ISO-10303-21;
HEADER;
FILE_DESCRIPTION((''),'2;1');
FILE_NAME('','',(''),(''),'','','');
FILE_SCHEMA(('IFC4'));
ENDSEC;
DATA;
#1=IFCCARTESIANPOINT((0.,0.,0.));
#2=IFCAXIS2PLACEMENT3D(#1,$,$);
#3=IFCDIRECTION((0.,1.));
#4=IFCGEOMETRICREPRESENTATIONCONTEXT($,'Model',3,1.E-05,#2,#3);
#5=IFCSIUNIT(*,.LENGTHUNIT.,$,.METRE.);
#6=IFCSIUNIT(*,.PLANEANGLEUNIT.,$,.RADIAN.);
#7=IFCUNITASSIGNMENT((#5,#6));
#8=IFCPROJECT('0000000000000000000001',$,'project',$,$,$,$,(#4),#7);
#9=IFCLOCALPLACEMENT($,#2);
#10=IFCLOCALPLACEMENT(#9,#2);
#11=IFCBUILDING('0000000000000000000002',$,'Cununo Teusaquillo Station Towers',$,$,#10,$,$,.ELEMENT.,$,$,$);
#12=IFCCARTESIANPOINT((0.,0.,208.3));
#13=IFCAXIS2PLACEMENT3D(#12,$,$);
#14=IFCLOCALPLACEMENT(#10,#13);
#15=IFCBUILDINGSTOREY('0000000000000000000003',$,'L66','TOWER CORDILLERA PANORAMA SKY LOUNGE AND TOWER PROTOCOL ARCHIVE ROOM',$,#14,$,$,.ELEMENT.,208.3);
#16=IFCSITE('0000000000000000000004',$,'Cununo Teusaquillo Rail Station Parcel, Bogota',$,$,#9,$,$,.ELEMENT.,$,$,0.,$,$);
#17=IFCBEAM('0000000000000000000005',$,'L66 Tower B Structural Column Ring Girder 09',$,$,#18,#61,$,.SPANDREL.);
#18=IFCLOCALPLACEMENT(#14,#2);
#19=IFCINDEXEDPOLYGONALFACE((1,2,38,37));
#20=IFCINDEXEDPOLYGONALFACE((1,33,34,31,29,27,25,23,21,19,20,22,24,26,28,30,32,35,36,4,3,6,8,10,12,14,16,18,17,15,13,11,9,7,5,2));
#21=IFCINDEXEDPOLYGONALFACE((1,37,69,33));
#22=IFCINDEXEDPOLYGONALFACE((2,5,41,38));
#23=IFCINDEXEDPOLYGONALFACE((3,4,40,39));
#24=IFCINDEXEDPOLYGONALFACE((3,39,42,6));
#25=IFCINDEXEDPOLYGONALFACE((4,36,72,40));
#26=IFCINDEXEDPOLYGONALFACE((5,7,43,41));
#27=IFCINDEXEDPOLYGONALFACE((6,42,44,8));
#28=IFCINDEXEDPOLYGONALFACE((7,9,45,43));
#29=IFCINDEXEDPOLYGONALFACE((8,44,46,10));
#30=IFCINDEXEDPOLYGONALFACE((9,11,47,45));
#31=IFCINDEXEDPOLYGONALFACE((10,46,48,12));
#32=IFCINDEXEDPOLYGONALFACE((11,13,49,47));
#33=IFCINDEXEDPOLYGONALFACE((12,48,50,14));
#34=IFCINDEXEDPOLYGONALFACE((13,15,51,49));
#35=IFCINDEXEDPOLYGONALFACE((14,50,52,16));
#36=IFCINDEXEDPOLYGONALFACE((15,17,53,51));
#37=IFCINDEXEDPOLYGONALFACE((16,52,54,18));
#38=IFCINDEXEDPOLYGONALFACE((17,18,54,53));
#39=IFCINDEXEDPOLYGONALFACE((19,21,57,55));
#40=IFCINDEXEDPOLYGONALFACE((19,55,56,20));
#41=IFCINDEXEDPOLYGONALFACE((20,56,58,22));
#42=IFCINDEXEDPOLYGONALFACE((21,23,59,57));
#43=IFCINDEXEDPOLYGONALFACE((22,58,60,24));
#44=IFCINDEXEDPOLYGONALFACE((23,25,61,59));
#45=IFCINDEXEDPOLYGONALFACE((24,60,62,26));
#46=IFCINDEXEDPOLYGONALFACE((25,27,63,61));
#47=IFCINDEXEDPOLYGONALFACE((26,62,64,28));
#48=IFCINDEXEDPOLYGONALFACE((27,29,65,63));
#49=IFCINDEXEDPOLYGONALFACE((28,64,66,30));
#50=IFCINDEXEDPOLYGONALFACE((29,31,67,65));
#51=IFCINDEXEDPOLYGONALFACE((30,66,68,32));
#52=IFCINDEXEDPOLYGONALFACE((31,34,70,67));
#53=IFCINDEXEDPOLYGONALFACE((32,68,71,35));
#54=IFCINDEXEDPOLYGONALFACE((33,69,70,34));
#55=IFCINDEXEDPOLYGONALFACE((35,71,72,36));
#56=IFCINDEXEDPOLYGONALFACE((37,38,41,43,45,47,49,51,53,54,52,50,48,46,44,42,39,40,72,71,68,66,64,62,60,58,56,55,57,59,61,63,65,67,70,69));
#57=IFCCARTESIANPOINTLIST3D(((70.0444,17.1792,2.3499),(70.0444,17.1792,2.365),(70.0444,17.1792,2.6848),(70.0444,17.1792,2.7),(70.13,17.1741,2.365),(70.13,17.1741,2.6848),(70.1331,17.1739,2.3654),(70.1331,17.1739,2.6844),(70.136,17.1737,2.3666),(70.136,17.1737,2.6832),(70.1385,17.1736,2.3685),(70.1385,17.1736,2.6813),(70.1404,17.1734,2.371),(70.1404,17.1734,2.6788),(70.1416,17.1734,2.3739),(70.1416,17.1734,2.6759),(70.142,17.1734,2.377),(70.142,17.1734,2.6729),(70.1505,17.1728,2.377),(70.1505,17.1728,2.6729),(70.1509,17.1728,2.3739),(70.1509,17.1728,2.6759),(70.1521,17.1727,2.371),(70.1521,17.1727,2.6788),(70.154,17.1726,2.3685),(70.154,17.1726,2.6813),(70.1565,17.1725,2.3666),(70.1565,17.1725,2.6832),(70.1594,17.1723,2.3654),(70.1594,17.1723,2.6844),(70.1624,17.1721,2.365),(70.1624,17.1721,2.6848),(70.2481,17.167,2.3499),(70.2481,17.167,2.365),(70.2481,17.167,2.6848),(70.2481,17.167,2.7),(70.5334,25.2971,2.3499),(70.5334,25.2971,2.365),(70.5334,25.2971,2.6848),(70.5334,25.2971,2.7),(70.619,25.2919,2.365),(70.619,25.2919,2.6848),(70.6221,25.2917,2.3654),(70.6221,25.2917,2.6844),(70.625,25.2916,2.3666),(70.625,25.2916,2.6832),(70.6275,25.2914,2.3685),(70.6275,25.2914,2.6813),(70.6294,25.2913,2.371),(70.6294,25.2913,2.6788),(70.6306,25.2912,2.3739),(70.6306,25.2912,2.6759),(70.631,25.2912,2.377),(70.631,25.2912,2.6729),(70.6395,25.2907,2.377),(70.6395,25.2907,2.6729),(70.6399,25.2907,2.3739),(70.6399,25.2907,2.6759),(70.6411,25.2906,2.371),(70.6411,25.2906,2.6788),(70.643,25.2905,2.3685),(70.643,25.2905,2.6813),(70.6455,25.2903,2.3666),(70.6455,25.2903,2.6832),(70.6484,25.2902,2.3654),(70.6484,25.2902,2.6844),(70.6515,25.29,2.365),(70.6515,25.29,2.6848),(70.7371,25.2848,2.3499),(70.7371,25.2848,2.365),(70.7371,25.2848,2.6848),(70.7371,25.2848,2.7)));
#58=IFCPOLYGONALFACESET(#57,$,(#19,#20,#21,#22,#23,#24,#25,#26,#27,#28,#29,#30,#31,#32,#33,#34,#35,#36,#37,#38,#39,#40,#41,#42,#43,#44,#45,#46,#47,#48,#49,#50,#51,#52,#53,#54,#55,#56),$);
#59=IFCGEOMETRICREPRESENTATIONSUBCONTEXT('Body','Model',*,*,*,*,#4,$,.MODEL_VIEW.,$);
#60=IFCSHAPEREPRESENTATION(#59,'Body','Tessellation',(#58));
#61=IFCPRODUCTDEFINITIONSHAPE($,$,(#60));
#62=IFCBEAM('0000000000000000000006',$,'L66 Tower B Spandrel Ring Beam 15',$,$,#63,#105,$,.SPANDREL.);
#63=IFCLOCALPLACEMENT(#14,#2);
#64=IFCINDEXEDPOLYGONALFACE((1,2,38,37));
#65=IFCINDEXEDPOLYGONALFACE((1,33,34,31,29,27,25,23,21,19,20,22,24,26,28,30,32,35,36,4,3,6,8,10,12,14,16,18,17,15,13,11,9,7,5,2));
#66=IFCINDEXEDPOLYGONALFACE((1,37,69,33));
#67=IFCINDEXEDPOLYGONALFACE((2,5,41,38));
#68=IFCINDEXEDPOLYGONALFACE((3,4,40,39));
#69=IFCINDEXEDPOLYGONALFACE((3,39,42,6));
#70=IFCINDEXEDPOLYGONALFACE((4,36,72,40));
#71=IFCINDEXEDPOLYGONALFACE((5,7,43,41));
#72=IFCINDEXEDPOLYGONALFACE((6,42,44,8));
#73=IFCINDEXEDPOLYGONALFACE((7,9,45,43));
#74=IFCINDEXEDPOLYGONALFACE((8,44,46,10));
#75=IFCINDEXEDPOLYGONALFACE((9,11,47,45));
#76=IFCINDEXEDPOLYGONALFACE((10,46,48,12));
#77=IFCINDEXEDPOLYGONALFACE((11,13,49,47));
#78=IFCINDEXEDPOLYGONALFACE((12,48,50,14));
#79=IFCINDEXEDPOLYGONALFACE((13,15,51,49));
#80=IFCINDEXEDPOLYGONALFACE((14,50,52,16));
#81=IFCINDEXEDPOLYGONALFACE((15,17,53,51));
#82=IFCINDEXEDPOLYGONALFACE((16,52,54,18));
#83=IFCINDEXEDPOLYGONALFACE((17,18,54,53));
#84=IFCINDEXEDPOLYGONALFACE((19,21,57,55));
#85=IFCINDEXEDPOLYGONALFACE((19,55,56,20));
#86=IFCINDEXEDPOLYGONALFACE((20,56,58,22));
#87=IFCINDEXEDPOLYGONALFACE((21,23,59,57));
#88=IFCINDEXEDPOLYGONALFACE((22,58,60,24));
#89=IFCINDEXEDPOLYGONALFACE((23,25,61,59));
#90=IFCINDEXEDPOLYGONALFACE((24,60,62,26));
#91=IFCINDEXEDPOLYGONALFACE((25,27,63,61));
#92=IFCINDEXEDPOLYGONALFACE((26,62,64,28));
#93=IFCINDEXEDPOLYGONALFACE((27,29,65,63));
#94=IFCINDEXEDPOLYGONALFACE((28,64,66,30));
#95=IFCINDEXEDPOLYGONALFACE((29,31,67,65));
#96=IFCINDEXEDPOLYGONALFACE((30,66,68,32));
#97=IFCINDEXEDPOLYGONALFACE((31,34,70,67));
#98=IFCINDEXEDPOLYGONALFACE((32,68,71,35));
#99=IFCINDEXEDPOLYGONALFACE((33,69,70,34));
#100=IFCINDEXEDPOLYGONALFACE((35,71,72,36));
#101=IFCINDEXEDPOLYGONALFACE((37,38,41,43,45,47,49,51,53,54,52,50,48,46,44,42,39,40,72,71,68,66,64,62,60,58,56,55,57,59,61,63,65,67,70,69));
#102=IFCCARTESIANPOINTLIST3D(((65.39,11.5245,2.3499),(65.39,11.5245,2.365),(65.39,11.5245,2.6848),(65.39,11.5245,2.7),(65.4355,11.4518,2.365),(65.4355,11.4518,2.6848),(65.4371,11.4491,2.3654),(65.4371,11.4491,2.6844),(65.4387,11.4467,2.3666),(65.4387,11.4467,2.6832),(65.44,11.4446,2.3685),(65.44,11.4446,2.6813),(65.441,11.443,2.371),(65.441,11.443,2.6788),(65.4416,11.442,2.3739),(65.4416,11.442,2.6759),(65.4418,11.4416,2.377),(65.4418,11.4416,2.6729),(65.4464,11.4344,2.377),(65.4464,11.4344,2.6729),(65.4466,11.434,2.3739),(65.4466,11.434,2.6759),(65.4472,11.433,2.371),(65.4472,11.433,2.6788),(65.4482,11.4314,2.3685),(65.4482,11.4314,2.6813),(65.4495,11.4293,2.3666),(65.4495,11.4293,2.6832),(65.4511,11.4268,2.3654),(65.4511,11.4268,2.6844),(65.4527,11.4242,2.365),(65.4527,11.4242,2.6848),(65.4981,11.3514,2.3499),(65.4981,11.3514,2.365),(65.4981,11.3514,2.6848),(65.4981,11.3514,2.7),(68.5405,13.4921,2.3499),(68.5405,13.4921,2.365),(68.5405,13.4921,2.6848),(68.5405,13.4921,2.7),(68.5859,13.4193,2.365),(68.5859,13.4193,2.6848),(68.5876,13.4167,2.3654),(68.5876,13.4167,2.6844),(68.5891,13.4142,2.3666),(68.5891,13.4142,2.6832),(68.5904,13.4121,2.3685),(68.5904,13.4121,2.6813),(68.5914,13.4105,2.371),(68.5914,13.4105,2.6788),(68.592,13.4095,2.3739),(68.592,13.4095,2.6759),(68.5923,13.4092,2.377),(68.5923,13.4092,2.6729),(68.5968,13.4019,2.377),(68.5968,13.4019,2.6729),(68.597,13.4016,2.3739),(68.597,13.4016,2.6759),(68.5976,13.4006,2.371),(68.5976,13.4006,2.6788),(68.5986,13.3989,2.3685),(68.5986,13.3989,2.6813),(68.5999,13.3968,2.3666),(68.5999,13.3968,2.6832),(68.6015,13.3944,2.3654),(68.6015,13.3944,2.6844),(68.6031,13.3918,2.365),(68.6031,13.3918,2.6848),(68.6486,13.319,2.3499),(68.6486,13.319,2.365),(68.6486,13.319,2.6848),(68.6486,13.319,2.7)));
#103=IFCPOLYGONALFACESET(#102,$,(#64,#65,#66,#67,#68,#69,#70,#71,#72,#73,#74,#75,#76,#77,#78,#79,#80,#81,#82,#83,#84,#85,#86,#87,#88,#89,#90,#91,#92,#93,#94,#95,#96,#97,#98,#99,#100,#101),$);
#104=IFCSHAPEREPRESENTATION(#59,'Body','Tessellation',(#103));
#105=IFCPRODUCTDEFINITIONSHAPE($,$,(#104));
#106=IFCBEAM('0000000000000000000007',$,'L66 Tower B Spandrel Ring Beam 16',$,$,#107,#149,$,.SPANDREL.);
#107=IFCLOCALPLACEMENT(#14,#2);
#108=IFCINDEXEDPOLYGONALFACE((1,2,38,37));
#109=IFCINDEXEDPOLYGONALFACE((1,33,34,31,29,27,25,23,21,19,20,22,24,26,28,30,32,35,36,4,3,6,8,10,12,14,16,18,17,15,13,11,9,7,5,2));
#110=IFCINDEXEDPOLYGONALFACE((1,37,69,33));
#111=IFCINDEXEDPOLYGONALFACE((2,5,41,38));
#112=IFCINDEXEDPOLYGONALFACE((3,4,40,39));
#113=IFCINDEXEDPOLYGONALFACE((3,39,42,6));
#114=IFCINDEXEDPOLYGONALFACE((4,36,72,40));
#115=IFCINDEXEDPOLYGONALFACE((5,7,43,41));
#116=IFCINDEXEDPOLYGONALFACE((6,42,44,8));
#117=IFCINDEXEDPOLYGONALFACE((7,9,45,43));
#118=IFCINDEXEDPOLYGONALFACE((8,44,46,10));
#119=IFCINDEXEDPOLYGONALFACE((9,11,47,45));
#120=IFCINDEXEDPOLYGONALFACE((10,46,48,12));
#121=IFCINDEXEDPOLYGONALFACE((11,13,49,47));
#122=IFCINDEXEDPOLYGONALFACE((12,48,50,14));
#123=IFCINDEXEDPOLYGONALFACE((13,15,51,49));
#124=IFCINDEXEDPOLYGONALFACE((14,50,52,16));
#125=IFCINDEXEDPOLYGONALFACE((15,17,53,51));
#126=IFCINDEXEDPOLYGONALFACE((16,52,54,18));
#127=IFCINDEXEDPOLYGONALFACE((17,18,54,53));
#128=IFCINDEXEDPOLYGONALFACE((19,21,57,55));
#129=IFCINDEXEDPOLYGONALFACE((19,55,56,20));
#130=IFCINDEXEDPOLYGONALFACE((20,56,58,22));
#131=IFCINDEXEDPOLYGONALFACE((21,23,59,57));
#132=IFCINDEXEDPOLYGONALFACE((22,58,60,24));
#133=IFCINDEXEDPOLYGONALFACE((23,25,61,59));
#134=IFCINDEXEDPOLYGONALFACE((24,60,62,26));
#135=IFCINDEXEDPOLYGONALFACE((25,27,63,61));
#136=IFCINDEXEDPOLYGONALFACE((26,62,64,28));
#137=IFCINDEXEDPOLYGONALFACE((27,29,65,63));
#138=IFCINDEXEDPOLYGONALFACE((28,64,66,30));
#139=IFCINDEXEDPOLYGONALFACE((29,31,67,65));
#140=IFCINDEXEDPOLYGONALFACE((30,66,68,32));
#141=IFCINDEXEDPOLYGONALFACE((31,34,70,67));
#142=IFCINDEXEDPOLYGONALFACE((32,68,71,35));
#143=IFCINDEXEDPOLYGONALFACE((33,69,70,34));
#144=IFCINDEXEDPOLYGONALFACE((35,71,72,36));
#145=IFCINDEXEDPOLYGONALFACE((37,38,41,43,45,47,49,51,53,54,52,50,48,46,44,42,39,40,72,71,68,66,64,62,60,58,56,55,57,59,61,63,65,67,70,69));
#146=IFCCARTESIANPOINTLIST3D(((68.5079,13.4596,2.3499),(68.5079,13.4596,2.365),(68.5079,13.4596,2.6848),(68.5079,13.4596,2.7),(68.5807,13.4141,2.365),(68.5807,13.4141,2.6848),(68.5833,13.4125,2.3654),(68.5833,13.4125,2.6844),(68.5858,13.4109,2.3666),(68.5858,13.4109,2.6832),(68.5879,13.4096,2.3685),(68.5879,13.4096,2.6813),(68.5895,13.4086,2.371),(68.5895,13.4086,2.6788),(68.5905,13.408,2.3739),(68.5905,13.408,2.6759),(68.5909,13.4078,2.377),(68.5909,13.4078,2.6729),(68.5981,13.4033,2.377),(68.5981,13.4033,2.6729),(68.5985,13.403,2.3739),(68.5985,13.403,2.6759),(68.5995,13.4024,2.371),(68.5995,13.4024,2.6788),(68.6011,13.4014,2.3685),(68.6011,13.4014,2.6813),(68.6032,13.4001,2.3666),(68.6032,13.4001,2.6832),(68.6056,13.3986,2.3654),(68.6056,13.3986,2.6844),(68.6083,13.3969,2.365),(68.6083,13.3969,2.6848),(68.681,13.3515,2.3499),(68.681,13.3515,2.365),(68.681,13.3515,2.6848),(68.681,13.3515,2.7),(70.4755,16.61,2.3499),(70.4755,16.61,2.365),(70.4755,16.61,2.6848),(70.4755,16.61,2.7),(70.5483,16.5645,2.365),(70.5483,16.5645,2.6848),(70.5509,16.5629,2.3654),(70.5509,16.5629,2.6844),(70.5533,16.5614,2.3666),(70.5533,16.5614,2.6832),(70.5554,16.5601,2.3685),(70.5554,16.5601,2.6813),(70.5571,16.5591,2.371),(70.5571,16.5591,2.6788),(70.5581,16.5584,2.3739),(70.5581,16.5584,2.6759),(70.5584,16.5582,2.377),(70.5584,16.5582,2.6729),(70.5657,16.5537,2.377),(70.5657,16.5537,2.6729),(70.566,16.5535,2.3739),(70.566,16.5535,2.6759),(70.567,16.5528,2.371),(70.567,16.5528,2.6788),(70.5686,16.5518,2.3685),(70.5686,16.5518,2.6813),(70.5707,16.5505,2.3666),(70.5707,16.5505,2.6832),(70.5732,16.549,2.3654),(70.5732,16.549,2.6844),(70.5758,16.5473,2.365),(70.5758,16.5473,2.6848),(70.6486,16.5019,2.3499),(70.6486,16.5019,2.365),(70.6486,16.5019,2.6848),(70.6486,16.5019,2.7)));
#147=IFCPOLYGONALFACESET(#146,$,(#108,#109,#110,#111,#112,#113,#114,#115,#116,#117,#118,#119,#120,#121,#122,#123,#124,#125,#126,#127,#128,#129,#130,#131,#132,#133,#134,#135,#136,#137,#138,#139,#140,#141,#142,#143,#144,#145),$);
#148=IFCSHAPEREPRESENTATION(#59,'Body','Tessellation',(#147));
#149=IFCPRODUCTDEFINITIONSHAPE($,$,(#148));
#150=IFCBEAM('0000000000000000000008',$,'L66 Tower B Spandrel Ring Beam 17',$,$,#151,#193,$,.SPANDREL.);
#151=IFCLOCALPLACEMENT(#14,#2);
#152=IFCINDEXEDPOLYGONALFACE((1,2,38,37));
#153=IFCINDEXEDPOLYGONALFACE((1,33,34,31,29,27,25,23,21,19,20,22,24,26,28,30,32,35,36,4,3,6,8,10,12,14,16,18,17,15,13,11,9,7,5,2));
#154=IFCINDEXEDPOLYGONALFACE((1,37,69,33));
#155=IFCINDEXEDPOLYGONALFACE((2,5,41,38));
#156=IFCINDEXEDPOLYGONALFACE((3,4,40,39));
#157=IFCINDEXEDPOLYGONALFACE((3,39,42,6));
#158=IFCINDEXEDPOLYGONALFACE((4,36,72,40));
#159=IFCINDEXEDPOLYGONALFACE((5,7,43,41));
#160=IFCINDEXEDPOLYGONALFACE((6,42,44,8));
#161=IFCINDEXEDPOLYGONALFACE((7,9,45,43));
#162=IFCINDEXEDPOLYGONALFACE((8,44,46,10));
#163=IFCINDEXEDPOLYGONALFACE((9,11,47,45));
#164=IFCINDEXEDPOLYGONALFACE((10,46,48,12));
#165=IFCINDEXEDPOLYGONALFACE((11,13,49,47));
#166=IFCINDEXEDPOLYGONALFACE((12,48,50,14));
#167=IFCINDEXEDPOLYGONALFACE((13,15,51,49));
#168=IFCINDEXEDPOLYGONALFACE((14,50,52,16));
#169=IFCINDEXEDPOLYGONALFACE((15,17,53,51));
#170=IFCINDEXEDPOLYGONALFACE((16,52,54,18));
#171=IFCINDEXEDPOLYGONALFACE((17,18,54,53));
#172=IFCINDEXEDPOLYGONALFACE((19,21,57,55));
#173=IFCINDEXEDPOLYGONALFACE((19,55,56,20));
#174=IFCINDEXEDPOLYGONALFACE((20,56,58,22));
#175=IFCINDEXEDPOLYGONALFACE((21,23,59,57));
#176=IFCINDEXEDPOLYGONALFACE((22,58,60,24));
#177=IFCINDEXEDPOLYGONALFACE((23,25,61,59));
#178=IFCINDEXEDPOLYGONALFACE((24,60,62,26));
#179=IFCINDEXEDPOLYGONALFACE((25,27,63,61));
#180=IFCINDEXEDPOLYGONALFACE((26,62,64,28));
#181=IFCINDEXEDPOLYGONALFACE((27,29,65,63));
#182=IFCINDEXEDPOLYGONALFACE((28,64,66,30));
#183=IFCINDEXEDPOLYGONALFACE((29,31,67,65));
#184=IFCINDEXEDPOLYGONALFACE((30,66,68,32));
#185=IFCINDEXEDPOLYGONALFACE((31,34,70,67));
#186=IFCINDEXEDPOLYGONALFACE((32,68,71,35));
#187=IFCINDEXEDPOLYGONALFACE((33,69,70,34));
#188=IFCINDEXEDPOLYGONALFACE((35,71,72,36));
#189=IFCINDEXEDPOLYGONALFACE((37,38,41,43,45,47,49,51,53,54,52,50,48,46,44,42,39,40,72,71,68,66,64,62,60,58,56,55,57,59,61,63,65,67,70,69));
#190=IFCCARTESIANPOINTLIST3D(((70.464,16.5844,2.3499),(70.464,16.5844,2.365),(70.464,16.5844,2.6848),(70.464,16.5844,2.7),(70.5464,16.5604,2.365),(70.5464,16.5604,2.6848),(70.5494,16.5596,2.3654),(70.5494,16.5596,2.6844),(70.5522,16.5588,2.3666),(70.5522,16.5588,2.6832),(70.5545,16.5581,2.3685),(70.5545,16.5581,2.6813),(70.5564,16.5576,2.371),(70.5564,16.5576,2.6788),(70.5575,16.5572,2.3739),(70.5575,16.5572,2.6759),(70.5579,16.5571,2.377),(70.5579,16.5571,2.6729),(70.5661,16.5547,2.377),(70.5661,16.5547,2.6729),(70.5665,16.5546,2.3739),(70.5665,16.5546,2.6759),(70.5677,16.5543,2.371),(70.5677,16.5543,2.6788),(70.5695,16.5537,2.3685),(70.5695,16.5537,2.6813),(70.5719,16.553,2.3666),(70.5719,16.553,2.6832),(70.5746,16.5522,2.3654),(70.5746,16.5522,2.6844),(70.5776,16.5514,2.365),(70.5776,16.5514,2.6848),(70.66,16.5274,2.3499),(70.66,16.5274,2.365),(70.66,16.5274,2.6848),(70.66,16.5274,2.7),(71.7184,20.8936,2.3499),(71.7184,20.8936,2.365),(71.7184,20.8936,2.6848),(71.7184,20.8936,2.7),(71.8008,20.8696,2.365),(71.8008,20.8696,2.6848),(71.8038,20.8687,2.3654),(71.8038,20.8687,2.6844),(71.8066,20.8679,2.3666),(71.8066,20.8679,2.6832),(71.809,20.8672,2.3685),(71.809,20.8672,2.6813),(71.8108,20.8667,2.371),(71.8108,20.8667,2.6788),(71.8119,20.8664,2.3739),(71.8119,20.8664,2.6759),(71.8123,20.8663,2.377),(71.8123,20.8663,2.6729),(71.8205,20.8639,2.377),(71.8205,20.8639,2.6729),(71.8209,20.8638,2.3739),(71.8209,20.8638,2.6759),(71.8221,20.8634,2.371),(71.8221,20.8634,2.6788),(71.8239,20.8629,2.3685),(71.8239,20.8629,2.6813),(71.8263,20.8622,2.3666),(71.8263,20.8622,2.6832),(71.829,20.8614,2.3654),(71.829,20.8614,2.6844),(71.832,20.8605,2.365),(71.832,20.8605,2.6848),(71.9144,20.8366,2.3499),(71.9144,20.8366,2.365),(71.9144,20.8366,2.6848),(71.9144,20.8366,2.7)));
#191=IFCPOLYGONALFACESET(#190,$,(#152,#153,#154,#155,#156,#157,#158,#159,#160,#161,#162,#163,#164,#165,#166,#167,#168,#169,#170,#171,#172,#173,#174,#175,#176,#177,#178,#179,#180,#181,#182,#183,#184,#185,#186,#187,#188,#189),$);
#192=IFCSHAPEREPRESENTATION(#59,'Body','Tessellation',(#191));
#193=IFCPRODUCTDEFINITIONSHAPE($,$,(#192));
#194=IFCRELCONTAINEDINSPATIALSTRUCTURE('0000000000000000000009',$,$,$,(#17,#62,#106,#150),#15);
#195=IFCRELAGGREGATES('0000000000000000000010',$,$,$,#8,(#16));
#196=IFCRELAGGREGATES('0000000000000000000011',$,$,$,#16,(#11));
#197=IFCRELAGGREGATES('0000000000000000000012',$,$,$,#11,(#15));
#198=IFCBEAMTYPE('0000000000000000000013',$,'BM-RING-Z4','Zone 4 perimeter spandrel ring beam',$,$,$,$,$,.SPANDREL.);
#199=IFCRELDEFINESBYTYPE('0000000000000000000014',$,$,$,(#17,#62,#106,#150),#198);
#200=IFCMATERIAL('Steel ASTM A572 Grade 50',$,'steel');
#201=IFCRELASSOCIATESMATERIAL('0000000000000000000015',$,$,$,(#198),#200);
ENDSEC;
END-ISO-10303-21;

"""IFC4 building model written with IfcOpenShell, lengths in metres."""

from ifc_helpers import new_model, si_unit, direction, frame, origin, origin_2d, place, context, subcontext, project, spatial, i_section, extrude, material, material_profile, profile_set, type_object, element, save


model = new_model("IFC4")

# Units and contexts
model_context = context("Model", 3, precision=1e-05, world=origin(), true_north=direction((0.0, 1.0)))
body_context = subcontext(model_context, "Body", "Model", "MODEL_VIEW")
ifc_project = project(units=[si_unit("LENGTHUNIT", "METRE"), si_unit("PLANEANGLEUNIT", "RADIAN")], contexts=[model_context])

# Site, building, storey
site_placement = place(None, origin())
site = spatial("IfcSite", under=ifc_project, at=site_placement, Name="Cununo Teusaquillo Rail Station Parcel, Bogota", CompositionType="ELEMENT", RefElevation=0.0)
building_placement = place(site_placement, origin())
building = spatial("IfcBuilding", under=site, at=building_placement, Name="Cununo Teusaquillo Station Towers", CompositionType="ELEMENT")
storey_placement = place(building_placement, frame((0.0, 0.0, 208.3)))
storey = spatial("IfcBuildingStorey", under=building, at=storey_placement, Name="L66", Description="TOWER CORDILLERA PANORAMA SKY LOUNGE AND TOWER PROTOCOL ARCHIVE ROOM", CompositionType="ELEMENT", Elevation=208.3)

# Beams
ifc_material_1 = material(Name="Steel ASTM A572 Grade 50", Category="steel")
ifc_material_profile_1 = material_profile(ifc_material_1, i_section(OverallWidth=0.2041, OverallDepth=0.3501, WebThickness=0.0085, FlangeThickness=0.0151, FilletRadius=0.012, at=origin_2d()), Name="W14X48")
ifc_profile_set_1 = profile_set([ifc_material_profile_1], Name="Steel ASTM A572 Grade 50")
beam_type_1 = type_object("IfcBeamType", Name="BM-RING-Z4", Description="Zone 4 perimeter spandrel ring beam", PredefinedType="SPANDREL", material=ifc_profile_set_1)
beam_1_placement = place(storey_placement, frame((70.1462, 17.1731, 2.5249), z_axis=(0.06013, 0.998191, 0.0), x_axis=(-0.998191, 0.06013, 0.0)))
element("IfcBeam", 1, at=beam_1_placement, inside=storey, type_object=beam_type_1, Name="L66 Tower B Structural Column Ring Girder 09", PredefinedType="SPANDREL", context=body_context, shape_type="SweptSolid", body=[
    extrude(i_section(OverallWidth=0.2041, OverallDepth=0.3501, WebThickness=0.0085, FlangeThickness=0.0151, FilletRadius=0.012, at=origin_2d()), origin(), (0.0, 0.0, 1.0), 8.1326),
])
for number, where, z_axis, x_axis, name in (
    (2, (65.4441, 11.438, 2.5249), (0.848176, 0.529715, 0.0), (-0.529715, 0.848176, 0.0), "L66 Tower B Spandrel Ring Beam 15"),
    (3, (68.5945, 13.4055, 2.5249), (0.529715, 0.848176, 0.0), (-0.848176, 0.529715, 0.0), "L66 Tower B Spandrel Ring Beam 16"),
):
    element("IfcBeam", number, at=place(storey_placement, frame(where, z_axis=z_axis, x_axis=x_axis)), inside=storey, type_object=beam_type_1, Name=name, PredefinedType="SPANDREL", context=body_context, shape_type="SweptSolid", body=[
        extrude(i_section(OverallWidth=0.2041, OverallDepth=0.3501, WebThickness=0.0085, FlangeThickness=0.0151, FilletRadius=0.012, at=origin_2d()), origin(), (0.0, 0.0, 1.0), 3.7144),
    ])
beam_2_placement = place(storey_placement, frame((70.562, 16.5559, 2.5249), z_axis=(0.279503, 0.960145, 0.0), x_axis=(-0.960145, 0.279503, 0.0)))
element("IfcBeam", 4, at=beam_2_placement, inside=storey, type_object=beam_type_1, Name="L66 Tower B Spandrel Ring Beam 17", PredefinedType="SPANDREL", context=body_context, shape_type="SweptSolid", body=[
    extrude(i_section(OverallWidth=0.2041, OverallDepth=0.3501, WebThickness=0.0085, FlangeThickness=0.0151, FilletRadius=0.012, at=origin_2d()), origin(), (0.0, 0.0, 1.0), 4.488),
])

save(model, "model.ifc")
